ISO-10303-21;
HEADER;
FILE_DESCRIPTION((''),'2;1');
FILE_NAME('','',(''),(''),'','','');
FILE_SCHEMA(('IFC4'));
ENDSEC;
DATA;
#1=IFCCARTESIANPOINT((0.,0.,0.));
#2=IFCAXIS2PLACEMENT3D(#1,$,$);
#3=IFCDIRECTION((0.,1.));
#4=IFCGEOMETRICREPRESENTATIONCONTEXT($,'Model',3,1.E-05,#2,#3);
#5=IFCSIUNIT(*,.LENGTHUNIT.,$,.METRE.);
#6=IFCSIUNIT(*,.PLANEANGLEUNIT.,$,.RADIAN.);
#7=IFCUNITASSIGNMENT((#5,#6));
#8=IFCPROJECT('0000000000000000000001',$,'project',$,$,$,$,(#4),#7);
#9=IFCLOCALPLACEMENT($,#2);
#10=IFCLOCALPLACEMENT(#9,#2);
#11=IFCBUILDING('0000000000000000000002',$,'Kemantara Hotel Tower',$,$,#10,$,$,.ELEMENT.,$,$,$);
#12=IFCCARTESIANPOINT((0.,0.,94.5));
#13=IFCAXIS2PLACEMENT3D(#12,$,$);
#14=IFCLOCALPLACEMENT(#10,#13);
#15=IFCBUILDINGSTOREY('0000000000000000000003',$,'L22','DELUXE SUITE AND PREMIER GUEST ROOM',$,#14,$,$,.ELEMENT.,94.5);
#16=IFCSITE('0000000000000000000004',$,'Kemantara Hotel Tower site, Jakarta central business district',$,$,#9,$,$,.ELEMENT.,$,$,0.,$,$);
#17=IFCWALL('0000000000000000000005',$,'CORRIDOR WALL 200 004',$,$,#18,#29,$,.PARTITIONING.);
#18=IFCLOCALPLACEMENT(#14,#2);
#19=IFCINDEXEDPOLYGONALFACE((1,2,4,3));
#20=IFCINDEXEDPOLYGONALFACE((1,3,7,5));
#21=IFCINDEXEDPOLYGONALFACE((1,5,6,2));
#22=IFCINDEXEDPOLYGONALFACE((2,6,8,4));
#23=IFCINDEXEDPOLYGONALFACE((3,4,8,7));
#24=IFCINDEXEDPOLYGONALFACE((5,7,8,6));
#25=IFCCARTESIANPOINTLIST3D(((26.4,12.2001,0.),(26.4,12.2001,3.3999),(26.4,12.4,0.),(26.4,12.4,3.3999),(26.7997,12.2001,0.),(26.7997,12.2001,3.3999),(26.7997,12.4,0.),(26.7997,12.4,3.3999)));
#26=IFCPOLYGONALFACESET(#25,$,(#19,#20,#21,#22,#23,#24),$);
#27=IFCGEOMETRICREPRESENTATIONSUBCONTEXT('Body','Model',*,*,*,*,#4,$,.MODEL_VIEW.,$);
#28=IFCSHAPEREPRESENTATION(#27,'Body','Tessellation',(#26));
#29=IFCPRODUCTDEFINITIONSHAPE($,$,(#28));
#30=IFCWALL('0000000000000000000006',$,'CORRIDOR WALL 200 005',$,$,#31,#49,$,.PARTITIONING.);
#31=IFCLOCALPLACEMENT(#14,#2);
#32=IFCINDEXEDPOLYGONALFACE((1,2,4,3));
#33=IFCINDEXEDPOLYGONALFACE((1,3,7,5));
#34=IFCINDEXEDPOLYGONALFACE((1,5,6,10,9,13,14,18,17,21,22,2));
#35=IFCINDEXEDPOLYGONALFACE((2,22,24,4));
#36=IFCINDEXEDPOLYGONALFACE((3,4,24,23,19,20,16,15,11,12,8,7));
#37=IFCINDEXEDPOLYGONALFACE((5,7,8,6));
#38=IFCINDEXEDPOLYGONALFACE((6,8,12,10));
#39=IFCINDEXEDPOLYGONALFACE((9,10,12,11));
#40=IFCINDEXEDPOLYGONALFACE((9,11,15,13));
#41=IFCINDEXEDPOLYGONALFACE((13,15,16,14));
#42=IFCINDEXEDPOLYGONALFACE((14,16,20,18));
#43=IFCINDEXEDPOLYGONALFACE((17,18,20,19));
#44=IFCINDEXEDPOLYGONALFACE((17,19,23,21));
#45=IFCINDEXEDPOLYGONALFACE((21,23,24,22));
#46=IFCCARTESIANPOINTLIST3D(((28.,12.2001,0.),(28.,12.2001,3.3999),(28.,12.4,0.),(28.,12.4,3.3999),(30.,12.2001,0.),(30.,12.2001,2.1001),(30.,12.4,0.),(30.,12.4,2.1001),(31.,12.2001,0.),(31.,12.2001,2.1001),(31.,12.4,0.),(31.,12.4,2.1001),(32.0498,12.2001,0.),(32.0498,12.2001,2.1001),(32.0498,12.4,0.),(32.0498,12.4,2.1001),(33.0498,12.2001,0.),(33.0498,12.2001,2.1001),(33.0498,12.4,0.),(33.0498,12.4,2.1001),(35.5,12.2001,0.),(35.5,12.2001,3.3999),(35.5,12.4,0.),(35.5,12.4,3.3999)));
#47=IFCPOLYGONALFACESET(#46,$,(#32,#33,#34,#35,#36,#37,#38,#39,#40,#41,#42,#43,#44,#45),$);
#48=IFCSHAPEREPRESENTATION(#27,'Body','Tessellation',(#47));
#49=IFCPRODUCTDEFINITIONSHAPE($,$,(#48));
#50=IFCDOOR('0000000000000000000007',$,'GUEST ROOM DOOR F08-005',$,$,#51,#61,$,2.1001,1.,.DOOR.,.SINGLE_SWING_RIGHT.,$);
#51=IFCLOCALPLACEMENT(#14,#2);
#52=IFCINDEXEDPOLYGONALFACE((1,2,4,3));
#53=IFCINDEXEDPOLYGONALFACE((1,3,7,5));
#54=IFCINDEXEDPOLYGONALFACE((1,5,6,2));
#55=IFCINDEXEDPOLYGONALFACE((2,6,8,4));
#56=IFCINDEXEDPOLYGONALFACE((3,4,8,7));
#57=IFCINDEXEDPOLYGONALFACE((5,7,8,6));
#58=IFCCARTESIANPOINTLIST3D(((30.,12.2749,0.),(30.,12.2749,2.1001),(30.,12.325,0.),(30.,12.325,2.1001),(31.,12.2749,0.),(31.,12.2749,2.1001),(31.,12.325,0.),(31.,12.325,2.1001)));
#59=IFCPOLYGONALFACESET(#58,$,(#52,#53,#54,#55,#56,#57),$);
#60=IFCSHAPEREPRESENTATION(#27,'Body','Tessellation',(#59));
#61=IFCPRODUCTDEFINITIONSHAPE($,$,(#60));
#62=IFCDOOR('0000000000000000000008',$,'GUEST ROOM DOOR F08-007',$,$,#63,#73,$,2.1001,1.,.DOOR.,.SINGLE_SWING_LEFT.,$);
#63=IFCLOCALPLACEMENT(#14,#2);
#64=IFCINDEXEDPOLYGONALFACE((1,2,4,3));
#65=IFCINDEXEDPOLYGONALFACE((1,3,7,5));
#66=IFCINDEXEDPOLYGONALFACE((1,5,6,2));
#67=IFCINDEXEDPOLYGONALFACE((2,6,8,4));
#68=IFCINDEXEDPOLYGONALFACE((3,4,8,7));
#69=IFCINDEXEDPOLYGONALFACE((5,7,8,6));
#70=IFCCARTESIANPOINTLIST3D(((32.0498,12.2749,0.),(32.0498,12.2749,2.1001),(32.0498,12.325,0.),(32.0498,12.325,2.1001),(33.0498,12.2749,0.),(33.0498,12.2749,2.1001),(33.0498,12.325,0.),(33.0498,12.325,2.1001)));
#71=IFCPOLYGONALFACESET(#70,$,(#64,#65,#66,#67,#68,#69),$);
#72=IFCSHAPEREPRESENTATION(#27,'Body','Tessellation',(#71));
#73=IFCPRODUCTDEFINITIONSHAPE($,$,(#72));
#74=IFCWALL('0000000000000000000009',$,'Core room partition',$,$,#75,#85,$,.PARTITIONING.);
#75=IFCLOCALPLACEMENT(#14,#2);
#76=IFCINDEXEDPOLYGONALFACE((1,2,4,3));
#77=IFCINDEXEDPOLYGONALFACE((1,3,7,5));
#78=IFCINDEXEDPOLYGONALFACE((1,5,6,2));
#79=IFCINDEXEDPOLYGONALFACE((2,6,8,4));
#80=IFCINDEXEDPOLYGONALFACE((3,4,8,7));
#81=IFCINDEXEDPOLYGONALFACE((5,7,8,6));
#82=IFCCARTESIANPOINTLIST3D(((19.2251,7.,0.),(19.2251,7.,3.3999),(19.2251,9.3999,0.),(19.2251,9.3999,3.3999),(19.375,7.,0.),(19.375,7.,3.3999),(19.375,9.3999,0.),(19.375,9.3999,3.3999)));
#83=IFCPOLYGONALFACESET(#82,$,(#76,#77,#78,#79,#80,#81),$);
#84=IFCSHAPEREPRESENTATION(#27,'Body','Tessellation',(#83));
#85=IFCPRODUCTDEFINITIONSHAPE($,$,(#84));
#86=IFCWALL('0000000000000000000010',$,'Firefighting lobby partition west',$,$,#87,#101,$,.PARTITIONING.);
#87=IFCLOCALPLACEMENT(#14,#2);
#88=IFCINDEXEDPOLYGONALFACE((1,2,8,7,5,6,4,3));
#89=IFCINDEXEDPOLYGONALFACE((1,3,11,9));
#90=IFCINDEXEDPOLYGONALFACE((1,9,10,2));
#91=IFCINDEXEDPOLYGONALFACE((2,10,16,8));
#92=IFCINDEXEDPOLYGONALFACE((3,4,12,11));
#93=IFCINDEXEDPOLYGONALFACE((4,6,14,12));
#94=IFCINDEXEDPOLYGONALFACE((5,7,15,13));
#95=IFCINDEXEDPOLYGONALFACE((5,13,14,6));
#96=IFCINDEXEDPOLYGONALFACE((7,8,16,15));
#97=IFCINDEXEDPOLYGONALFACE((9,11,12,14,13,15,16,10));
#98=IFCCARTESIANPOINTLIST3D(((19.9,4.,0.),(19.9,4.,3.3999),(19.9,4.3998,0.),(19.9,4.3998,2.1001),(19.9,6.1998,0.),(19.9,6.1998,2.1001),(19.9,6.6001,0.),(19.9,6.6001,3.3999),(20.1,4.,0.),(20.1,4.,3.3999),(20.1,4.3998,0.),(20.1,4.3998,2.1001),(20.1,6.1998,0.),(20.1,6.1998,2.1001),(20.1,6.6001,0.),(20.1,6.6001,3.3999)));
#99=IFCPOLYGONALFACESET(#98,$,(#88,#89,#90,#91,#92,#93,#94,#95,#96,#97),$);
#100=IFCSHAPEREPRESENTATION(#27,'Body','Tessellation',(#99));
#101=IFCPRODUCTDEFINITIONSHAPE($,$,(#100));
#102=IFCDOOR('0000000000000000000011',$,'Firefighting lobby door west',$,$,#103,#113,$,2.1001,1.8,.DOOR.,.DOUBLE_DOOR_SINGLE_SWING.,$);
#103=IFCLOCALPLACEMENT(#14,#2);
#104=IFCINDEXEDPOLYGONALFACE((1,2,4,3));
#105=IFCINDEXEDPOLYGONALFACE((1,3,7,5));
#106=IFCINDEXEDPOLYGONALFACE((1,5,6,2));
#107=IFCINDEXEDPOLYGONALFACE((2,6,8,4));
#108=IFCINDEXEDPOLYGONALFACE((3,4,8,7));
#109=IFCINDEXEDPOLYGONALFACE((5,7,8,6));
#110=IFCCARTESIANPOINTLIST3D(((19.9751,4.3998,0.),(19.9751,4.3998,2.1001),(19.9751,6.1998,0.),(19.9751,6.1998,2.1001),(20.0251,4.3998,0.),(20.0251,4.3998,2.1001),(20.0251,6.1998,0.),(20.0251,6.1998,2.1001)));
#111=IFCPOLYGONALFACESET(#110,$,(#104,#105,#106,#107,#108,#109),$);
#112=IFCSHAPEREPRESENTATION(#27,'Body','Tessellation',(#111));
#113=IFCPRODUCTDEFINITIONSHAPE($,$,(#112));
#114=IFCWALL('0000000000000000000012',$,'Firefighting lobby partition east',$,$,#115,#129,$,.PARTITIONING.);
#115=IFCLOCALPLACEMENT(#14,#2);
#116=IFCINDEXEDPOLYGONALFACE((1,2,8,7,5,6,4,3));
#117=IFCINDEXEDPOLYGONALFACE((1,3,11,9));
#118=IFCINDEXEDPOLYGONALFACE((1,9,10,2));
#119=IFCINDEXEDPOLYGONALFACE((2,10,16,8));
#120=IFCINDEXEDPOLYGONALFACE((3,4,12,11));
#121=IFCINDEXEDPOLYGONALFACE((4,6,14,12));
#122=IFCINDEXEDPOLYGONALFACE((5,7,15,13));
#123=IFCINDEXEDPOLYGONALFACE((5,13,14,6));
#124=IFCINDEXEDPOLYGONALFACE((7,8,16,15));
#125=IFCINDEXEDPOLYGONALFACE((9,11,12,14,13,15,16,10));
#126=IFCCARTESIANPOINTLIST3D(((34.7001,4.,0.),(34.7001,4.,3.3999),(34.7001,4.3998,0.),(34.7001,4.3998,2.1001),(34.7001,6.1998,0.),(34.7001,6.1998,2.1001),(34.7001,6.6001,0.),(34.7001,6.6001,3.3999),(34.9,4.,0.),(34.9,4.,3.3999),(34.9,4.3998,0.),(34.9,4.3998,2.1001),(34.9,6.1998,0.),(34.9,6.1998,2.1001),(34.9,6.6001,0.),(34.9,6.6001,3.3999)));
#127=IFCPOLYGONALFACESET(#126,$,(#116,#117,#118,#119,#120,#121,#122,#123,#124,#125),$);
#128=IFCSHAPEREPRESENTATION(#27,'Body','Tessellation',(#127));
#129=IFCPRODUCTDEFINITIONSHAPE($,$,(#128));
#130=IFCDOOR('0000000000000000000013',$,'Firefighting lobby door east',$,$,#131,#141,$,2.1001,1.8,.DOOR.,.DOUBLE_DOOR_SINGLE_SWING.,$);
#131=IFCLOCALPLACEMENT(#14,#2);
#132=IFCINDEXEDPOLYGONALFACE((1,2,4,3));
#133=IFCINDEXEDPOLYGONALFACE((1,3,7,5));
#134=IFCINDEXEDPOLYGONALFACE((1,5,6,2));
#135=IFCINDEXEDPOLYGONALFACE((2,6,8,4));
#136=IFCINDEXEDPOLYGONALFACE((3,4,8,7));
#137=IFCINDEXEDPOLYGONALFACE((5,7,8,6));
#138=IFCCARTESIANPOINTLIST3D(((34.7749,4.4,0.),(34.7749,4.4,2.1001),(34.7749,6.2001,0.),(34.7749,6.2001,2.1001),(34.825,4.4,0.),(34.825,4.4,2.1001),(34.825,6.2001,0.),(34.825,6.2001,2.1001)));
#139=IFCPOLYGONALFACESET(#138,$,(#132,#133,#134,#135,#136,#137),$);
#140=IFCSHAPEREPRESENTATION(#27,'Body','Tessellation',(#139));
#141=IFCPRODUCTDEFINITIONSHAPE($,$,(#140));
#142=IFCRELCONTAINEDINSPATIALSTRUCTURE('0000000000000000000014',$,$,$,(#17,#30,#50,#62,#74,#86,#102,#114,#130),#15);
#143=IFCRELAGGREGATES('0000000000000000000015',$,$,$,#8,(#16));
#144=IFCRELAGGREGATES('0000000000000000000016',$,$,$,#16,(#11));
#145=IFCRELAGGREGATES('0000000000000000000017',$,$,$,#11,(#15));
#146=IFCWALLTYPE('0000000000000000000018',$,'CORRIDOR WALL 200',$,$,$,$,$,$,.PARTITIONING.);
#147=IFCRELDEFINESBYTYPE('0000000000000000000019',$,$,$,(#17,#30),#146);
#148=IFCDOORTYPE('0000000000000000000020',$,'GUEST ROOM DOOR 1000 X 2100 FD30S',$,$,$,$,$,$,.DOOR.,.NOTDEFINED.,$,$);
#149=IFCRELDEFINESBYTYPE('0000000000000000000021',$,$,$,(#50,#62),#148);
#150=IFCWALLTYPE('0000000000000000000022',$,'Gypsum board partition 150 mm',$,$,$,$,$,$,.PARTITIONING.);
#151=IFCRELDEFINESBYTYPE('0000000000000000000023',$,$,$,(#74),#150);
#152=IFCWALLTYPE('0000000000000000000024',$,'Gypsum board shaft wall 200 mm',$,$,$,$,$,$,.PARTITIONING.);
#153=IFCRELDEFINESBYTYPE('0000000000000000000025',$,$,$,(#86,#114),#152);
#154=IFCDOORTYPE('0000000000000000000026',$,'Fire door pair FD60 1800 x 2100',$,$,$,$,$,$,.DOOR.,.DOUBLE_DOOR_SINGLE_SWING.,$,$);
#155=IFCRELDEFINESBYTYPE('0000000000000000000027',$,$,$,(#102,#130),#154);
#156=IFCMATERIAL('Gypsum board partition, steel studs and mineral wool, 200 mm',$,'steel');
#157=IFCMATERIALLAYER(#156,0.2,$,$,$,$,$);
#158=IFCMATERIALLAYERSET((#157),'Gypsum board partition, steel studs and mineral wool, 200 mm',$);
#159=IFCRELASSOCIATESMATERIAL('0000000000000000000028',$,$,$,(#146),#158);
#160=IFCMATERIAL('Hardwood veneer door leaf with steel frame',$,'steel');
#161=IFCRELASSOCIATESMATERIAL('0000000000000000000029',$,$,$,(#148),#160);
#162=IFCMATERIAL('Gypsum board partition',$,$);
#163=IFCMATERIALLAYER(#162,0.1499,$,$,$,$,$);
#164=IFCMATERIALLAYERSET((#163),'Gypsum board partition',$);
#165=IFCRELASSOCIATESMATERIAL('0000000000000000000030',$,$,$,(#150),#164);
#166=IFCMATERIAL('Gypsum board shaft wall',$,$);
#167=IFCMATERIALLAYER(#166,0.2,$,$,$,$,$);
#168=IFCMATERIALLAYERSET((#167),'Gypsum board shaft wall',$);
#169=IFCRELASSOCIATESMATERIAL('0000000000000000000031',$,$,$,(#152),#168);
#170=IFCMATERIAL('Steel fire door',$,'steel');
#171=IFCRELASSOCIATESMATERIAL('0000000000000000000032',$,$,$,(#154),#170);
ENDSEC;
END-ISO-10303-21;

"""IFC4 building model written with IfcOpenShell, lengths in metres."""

from ifc_helpers import new_model, si_unit, direction, frame, frame_2d, origin, place, context, subcontext, project, spatial, rectangle, extrude, material, layer, layer_set, type_object, element, fill, save


model = new_model("IFC4")

# Units and contexts
model_context = context("Model", 3, precision=1e-05, world=origin(), true_north=direction((0.0, 1.0)))
body_context = subcontext(model_context, "Body", "Model", "MODEL_VIEW")
ifc_project = project(units=[si_unit("LENGTHUNIT", "METRE"), si_unit("PLANEANGLEUNIT", "RADIAN")], contexts=[model_context])

# Site, building, storey
site_placement = place(None, origin())
site = spatial("IfcSite", under=ifc_project, at=site_placement, Name="Kemantara Hotel Tower site, Jakarta central business district", CompositionType="ELEMENT", RefElevation=0.0)
building_placement = place(site_placement, origin())
building = spatial("IfcBuilding", under=site, at=building_placement, Name="Kemantara Hotel Tower", CompositionType="ELEMENT")
storey_placement = place(building_placement, frame((0.0, 0.0, 94.5)))
storey = spatial("IfcBuildingStorey", under=building, at=storey_placement, Name="L22", Description="DELUXE SUITE AND PREMIER GUEST ROOM", CompositionType="ELEMENT", Elevation=94.5)

# Shared definitions
ifc_material_1 = material(Name="Steel fire door", Category="steel")

# Wall
ifc_material_2 = material(Name="Gypsum board partition, steel studs and mineral wool, 200 mm", Category="steel")
ifc_layer_1 = layer(ifc_material_2, 0.2)
ifc_layer_set_1 = layer_set([ifc_layer_1], Name="Gypsum board partition, steel studs and mineral wool, 200 mm")
wall_type_1 = type_object("IfcWallType", Name="CORRIDOR WALL 200", PredefinedType="PARTITIONING", material=ifc_layer_set_1)
wall_1_placement = place(storey_placement, frame((26.4001, 12.3, 0.0), z_axis=(0.0, 0.0, 1.0), x_axis=(1.0, 0.0, 0.0)))
element("IfcWall", 1, at=wall_1_placement, inside=storey, type_object=wall_type_1, Name="CORRIDOR WALL 200 004", PredefinedType="PARTITIONING", context=body_context, shape_type="SweptSolid", body=[
    extrude(rectangle(XDim=0.3997, YDim=0.2, at=frame_2d((0.1997, 0.0))), origin(), (0.0, 0.0, 1.0), 3.3999),
])

# Wall, openings, doors
wall_2_placement = place(storey_placement, frame((28.0, 12.3, 0.0), z_axis=(0.0, 0.0, 1.0), x_axis=(1.0, 0.0, 0.0)))
wall_2 = element("IfcWall", 2, at=wall_2_placement, inside=storey, type_object=wall_type_1, Name="CORRIDOR WALL 200 005", PredefinedType="PARTITIONING", context=body_context, shape_type="SweptSolid", body=[
    extrude(rectangle(XDim=7.5, YDim=0.2, at=frame_2d((3.75, 0.0))), origin(), (0.0, 0.0, 1.0), 3.3999),
])
opening_1_placement = place(wall_2_placement, frame((2.0, 0.0, 0.0)))
opening_1 = element("IfcOpeningElement", 3, at=opening_1_placement, cuts=wall_2, PredefinedType="OPENING", context=body_context, shape_type="SweptSolid", body=[
    extrude(rectangle(XDim=1.0, YDim=2.1001, at=frame_2d((0.5, 1.05))), frame((0.0, 0.1099, 0.0), z_axis=(0.0, -1.0, 0.0), x_axis=(1.0, 0.0, 0.0)), (0.0, 0.0, 1.0), 0.22),
])
opening_2_placement = place(wall_2_placement, frame((4.0498, 0.0, 0.0)))
opening_2 = element("IfcOpeningElement", 4, at=opening_2_placement, cuts=wall_2, PredefinedType="OPENING", context=body_context, shape_type="SweptSolid", body=[
    extrude(rectangle(XDim=1.0, YDim=2.1001, at=frame_2d((0.5, 1.05))), frame((0.0, 0.1099, 0.0), z_axis=(0.0, -1.0, 0.0), x_axis=(1.0, 0.0, 0.0)), (0.0, 0.0, 1.0), 0.22),
])
ifc_material_3 = material(Name="Hardwood veneer door leaf with steel frame", Category="steel")
door_type_1 = type_object("IfcDoorType", Name="GUEST ROOM DOOR 1000 X 2100 FD30S", OperationType="NOTDEFINED", PredefinedType="DOOR", material=ifc_material_3)
door_1_placement = place(opening_1_placement, origin())
door_1 = element("IfcDoor", 5, at=door_1_placement, inside=storey, type_object=door_type_1, Name="GUEST ROOM DOOR F08-005", OperationType="SINGLE_SWING_RIGHT", OverallHeight=2.1001, OverallWidth=1.0, PredefinedType="DOOR", context=body_context, shape_type="SweptSolid", body=[
    extrude(rectangle(XDim=1.0, YDim=2.1001, at=frame_2d((0.5, 1.05))), frame((0.0, 0.0249, 0.0), z_axis=(0.0, -1.0, 0.0), x_axis=(1.0, 0.0, 0.0)), (0.0, 0.0, 1.0), 0.05),
])
fill(opening_1, door_1)
door_2_placement = place(opening_2_placement, origin())
door_2 = element("IfcDoor", 6, at=door_2_placement, inside=storey, type_object=door_type_1, Name="GUEST ROOM DOOR F08-007", OperationType="SINGLE_SWING_LEFT", OverallHeight=2.1001, OverallWidth=1.0, PredefinedType="DOOR", context=body_context, shape_type="SweptSolid", body=[
    extrude(rectangle(XDim=1.0, YDim=2.1001, at=frame_2d((0.5, 1.05))), frame((0.0, 0.0249, 0.0), z_axis=(0.0, -1.0, 0.0), x_axis=(1.0, 0.0, 0.0)), (0.0, 0.0, 1.0), 0.05),
])
fill(opening_2, door_2)

# Wall
ifc_material_4 = material(Name="Gypsum board partition")
ifc_layer_2 = layer(ifc_material_4, 0.1499)
ifc_layer_set_2 = layer_set([ifc_layer_2], Name="Gypsum board partition")
wall_type_2 = type_object("IfcWallType", Name="Gypsum board partition 150 mm", PredefinedType="PARTITIONING", material=ifc_layer_set_2)
wall_3_placement = place(storey_placement, frame((19.3, 7.0, 0.0), z_axis=(0.0, 0.0, 1.0), x_axis=(0.0, 1.0, 0.0)))
element("IfcWall", 7, at=wall_3_placement, inside=storey, type_object=wall_type_2, Name="Core room partition", PredefinedType="PARTITIONING", context=body_context, shape_type="SweptSolid", body=[
    extrude(rectangle(XDim=2.3999, YDim=0.1499, at=frame_2d((1.2, 0.0))), origin(), (0.0, 0.0, 1.0), 3.3999),
])

# Walls, openings, doors
ifc_material_5 = material(Name="Gypsum board shaft wall")
ifc_layer_3 = layer(ifc_material_5, 0.2)
ifc_layer_set_3 = layer_set([ifc_layer_3], Name="Gypsum board shaft wall")
wall_type_3 = type_object("IfcWallType", Name="Gypsum board shaft wall 200 mm", PredefinedType="PARTITIONING", material=ifc_layer_set_3)
wall_4_placement = place(storey_placement, frame((20.0, 4.0, 0.0), z_axis=(0.0, 0.0, 1.0), x_axis=(0.0, 1.0, 0.0)))
wall_4 = element("IfcWall", 8, at=wall_4_placement, inside=storey, type_object=wall_type_3, Name="Firefighting lobby partition west", PredefinedType="PARTITIONING", context=body_context, shape_type="SweptSolid", body=[
    extrude(rectangle(XDim=2.6001, YDim=0.2, at=frame_2d((1.3, 0.0))), origin(), (0.0, 0.0, 1.0), 3.3999),
])
opening_3_placement = place(wall_4_placement, frame((0.3999, 0.0, 0.0)))
opening_3 = element("IfcOpeningElement", 9, at=opening_3_placement, cuts=wall_4, PredefinedType="OPENING", context=body_context, shape_type="SweptSolid", body=[
    extrude(rectangle(XDim=1.8, YDim=2.1001, at=frame_2d((0.8999, 1.05))), frame((0.0, 0.1099, 0.0), z_axis=(0.0, -1.0, 0.0), x_axis=(1.0, 0.0, 0.0)), (0.0, 0.0, 1.0), 0.22),
])
door_type_2 = type_object("IfcDoorType", Name="Fire door pair FD60 1800 x 2100", OperationType="DOUBLE_DOOR_SINGLE_SWING", PredefinedType="DOOR", material=ifc_material_1)
door_3_placement = place(opening_3_placement, origin())
door_3 = element("IfcDoor", 10, at=door_3_placement, inside=storey, type_object=door_type_2, Name="Firefighting lobby door west", OperationType="DOUBLE_DOOR_SINGLE_SWING", OverallHeight=2.1001, OverallWidth=1.8, PredefinedType="DOOR", context=body_context, shape_type="SweptSolid", body=[
    extrude(rectangle(XDim=1.8, YDim=2.1001, at=frame_2d((0.8999, 1.05))), frame((0.0, 0.0249, 0.0), z_axis=(0.0, -1.0, 0.0), x_axis=(1.0, 0.0, 0.0)), (0.0, 0.0, 1.0), 0.05),
])
fill(opening_3, door_3)
wall_5_placement = place(storey_placement, frame((34.8, 4.0, 0.0), z_axis=(0.0, 0.0, 1.0), x_axis=(0.0, 1.0, 0.0)))
wall_5 = element("IfcWall", 11, at=wall_5_placement, inside=storey, type_object=wall_type_3, Name="Firefighting lobby partition east", PredefinedType="PARTITIONING", context=body_context, shape_type="SweptSolid", body=[
    extrude(rectangle(XDim=2.6001, YDim=0.2, at=frame_2d((1.3, 0.0))), origin(), (0.0, 0.0, 1.0), 3.3999),
])
opening_4_placement = place(wall_5_placement, frame((0.3999, 0.0, 0.0)))
opening_4 = element("IfcOpeningElement", 12, at=opening_4_placement, cuts=wall_5, PredefinedType="OPENING", context=body_context, shape_type="SweptSolid", body=[
    extrude(rectangle(XDim=1.8, YDim=2.1001, at=frame_2d((0.8999, 1.05))), frame((0.0, 0.1099, 0.0), z_axis=(0.0, -1.0, 0.0), x_axis=(1.0, 0.0, 0.0)), (0.0, 0.0, 1.0), 0.22),
])
door_4_placement = place(opening_4_placement, frame((1.8, 0.0, 0.0), z_axis=(0.0, 0.0, 1.0), x_axis=(-1.0, 0.0, 0.0)))
door_4 = element("IfcDoor", 13, at=door_4_placement, inside=storey, type_object=door_type_2, Name="Firefighting lobby door east", OperationType="DOUBLE_DOOR_SINGLE_SWING", OverallHeight=2.1001, OverallWidth=1.8, PredefinedType="DOOR", context=body_context, shape_type="SweptSolid", body=[
    extrude(rectangle(XDim=1.8, YDim=2.1001, at=frame_2d((0.8999, 1.05))), frame((0.0, 0.0249, 0.0), z_axis=(0.0, -1.0, 0.0), x_axis=(1.0, 0.0, 0.0)), (0.0, 0.0, 1.0), 0.05),
])
fill(opening_4, door_4)

save(model, "model.ifc")
